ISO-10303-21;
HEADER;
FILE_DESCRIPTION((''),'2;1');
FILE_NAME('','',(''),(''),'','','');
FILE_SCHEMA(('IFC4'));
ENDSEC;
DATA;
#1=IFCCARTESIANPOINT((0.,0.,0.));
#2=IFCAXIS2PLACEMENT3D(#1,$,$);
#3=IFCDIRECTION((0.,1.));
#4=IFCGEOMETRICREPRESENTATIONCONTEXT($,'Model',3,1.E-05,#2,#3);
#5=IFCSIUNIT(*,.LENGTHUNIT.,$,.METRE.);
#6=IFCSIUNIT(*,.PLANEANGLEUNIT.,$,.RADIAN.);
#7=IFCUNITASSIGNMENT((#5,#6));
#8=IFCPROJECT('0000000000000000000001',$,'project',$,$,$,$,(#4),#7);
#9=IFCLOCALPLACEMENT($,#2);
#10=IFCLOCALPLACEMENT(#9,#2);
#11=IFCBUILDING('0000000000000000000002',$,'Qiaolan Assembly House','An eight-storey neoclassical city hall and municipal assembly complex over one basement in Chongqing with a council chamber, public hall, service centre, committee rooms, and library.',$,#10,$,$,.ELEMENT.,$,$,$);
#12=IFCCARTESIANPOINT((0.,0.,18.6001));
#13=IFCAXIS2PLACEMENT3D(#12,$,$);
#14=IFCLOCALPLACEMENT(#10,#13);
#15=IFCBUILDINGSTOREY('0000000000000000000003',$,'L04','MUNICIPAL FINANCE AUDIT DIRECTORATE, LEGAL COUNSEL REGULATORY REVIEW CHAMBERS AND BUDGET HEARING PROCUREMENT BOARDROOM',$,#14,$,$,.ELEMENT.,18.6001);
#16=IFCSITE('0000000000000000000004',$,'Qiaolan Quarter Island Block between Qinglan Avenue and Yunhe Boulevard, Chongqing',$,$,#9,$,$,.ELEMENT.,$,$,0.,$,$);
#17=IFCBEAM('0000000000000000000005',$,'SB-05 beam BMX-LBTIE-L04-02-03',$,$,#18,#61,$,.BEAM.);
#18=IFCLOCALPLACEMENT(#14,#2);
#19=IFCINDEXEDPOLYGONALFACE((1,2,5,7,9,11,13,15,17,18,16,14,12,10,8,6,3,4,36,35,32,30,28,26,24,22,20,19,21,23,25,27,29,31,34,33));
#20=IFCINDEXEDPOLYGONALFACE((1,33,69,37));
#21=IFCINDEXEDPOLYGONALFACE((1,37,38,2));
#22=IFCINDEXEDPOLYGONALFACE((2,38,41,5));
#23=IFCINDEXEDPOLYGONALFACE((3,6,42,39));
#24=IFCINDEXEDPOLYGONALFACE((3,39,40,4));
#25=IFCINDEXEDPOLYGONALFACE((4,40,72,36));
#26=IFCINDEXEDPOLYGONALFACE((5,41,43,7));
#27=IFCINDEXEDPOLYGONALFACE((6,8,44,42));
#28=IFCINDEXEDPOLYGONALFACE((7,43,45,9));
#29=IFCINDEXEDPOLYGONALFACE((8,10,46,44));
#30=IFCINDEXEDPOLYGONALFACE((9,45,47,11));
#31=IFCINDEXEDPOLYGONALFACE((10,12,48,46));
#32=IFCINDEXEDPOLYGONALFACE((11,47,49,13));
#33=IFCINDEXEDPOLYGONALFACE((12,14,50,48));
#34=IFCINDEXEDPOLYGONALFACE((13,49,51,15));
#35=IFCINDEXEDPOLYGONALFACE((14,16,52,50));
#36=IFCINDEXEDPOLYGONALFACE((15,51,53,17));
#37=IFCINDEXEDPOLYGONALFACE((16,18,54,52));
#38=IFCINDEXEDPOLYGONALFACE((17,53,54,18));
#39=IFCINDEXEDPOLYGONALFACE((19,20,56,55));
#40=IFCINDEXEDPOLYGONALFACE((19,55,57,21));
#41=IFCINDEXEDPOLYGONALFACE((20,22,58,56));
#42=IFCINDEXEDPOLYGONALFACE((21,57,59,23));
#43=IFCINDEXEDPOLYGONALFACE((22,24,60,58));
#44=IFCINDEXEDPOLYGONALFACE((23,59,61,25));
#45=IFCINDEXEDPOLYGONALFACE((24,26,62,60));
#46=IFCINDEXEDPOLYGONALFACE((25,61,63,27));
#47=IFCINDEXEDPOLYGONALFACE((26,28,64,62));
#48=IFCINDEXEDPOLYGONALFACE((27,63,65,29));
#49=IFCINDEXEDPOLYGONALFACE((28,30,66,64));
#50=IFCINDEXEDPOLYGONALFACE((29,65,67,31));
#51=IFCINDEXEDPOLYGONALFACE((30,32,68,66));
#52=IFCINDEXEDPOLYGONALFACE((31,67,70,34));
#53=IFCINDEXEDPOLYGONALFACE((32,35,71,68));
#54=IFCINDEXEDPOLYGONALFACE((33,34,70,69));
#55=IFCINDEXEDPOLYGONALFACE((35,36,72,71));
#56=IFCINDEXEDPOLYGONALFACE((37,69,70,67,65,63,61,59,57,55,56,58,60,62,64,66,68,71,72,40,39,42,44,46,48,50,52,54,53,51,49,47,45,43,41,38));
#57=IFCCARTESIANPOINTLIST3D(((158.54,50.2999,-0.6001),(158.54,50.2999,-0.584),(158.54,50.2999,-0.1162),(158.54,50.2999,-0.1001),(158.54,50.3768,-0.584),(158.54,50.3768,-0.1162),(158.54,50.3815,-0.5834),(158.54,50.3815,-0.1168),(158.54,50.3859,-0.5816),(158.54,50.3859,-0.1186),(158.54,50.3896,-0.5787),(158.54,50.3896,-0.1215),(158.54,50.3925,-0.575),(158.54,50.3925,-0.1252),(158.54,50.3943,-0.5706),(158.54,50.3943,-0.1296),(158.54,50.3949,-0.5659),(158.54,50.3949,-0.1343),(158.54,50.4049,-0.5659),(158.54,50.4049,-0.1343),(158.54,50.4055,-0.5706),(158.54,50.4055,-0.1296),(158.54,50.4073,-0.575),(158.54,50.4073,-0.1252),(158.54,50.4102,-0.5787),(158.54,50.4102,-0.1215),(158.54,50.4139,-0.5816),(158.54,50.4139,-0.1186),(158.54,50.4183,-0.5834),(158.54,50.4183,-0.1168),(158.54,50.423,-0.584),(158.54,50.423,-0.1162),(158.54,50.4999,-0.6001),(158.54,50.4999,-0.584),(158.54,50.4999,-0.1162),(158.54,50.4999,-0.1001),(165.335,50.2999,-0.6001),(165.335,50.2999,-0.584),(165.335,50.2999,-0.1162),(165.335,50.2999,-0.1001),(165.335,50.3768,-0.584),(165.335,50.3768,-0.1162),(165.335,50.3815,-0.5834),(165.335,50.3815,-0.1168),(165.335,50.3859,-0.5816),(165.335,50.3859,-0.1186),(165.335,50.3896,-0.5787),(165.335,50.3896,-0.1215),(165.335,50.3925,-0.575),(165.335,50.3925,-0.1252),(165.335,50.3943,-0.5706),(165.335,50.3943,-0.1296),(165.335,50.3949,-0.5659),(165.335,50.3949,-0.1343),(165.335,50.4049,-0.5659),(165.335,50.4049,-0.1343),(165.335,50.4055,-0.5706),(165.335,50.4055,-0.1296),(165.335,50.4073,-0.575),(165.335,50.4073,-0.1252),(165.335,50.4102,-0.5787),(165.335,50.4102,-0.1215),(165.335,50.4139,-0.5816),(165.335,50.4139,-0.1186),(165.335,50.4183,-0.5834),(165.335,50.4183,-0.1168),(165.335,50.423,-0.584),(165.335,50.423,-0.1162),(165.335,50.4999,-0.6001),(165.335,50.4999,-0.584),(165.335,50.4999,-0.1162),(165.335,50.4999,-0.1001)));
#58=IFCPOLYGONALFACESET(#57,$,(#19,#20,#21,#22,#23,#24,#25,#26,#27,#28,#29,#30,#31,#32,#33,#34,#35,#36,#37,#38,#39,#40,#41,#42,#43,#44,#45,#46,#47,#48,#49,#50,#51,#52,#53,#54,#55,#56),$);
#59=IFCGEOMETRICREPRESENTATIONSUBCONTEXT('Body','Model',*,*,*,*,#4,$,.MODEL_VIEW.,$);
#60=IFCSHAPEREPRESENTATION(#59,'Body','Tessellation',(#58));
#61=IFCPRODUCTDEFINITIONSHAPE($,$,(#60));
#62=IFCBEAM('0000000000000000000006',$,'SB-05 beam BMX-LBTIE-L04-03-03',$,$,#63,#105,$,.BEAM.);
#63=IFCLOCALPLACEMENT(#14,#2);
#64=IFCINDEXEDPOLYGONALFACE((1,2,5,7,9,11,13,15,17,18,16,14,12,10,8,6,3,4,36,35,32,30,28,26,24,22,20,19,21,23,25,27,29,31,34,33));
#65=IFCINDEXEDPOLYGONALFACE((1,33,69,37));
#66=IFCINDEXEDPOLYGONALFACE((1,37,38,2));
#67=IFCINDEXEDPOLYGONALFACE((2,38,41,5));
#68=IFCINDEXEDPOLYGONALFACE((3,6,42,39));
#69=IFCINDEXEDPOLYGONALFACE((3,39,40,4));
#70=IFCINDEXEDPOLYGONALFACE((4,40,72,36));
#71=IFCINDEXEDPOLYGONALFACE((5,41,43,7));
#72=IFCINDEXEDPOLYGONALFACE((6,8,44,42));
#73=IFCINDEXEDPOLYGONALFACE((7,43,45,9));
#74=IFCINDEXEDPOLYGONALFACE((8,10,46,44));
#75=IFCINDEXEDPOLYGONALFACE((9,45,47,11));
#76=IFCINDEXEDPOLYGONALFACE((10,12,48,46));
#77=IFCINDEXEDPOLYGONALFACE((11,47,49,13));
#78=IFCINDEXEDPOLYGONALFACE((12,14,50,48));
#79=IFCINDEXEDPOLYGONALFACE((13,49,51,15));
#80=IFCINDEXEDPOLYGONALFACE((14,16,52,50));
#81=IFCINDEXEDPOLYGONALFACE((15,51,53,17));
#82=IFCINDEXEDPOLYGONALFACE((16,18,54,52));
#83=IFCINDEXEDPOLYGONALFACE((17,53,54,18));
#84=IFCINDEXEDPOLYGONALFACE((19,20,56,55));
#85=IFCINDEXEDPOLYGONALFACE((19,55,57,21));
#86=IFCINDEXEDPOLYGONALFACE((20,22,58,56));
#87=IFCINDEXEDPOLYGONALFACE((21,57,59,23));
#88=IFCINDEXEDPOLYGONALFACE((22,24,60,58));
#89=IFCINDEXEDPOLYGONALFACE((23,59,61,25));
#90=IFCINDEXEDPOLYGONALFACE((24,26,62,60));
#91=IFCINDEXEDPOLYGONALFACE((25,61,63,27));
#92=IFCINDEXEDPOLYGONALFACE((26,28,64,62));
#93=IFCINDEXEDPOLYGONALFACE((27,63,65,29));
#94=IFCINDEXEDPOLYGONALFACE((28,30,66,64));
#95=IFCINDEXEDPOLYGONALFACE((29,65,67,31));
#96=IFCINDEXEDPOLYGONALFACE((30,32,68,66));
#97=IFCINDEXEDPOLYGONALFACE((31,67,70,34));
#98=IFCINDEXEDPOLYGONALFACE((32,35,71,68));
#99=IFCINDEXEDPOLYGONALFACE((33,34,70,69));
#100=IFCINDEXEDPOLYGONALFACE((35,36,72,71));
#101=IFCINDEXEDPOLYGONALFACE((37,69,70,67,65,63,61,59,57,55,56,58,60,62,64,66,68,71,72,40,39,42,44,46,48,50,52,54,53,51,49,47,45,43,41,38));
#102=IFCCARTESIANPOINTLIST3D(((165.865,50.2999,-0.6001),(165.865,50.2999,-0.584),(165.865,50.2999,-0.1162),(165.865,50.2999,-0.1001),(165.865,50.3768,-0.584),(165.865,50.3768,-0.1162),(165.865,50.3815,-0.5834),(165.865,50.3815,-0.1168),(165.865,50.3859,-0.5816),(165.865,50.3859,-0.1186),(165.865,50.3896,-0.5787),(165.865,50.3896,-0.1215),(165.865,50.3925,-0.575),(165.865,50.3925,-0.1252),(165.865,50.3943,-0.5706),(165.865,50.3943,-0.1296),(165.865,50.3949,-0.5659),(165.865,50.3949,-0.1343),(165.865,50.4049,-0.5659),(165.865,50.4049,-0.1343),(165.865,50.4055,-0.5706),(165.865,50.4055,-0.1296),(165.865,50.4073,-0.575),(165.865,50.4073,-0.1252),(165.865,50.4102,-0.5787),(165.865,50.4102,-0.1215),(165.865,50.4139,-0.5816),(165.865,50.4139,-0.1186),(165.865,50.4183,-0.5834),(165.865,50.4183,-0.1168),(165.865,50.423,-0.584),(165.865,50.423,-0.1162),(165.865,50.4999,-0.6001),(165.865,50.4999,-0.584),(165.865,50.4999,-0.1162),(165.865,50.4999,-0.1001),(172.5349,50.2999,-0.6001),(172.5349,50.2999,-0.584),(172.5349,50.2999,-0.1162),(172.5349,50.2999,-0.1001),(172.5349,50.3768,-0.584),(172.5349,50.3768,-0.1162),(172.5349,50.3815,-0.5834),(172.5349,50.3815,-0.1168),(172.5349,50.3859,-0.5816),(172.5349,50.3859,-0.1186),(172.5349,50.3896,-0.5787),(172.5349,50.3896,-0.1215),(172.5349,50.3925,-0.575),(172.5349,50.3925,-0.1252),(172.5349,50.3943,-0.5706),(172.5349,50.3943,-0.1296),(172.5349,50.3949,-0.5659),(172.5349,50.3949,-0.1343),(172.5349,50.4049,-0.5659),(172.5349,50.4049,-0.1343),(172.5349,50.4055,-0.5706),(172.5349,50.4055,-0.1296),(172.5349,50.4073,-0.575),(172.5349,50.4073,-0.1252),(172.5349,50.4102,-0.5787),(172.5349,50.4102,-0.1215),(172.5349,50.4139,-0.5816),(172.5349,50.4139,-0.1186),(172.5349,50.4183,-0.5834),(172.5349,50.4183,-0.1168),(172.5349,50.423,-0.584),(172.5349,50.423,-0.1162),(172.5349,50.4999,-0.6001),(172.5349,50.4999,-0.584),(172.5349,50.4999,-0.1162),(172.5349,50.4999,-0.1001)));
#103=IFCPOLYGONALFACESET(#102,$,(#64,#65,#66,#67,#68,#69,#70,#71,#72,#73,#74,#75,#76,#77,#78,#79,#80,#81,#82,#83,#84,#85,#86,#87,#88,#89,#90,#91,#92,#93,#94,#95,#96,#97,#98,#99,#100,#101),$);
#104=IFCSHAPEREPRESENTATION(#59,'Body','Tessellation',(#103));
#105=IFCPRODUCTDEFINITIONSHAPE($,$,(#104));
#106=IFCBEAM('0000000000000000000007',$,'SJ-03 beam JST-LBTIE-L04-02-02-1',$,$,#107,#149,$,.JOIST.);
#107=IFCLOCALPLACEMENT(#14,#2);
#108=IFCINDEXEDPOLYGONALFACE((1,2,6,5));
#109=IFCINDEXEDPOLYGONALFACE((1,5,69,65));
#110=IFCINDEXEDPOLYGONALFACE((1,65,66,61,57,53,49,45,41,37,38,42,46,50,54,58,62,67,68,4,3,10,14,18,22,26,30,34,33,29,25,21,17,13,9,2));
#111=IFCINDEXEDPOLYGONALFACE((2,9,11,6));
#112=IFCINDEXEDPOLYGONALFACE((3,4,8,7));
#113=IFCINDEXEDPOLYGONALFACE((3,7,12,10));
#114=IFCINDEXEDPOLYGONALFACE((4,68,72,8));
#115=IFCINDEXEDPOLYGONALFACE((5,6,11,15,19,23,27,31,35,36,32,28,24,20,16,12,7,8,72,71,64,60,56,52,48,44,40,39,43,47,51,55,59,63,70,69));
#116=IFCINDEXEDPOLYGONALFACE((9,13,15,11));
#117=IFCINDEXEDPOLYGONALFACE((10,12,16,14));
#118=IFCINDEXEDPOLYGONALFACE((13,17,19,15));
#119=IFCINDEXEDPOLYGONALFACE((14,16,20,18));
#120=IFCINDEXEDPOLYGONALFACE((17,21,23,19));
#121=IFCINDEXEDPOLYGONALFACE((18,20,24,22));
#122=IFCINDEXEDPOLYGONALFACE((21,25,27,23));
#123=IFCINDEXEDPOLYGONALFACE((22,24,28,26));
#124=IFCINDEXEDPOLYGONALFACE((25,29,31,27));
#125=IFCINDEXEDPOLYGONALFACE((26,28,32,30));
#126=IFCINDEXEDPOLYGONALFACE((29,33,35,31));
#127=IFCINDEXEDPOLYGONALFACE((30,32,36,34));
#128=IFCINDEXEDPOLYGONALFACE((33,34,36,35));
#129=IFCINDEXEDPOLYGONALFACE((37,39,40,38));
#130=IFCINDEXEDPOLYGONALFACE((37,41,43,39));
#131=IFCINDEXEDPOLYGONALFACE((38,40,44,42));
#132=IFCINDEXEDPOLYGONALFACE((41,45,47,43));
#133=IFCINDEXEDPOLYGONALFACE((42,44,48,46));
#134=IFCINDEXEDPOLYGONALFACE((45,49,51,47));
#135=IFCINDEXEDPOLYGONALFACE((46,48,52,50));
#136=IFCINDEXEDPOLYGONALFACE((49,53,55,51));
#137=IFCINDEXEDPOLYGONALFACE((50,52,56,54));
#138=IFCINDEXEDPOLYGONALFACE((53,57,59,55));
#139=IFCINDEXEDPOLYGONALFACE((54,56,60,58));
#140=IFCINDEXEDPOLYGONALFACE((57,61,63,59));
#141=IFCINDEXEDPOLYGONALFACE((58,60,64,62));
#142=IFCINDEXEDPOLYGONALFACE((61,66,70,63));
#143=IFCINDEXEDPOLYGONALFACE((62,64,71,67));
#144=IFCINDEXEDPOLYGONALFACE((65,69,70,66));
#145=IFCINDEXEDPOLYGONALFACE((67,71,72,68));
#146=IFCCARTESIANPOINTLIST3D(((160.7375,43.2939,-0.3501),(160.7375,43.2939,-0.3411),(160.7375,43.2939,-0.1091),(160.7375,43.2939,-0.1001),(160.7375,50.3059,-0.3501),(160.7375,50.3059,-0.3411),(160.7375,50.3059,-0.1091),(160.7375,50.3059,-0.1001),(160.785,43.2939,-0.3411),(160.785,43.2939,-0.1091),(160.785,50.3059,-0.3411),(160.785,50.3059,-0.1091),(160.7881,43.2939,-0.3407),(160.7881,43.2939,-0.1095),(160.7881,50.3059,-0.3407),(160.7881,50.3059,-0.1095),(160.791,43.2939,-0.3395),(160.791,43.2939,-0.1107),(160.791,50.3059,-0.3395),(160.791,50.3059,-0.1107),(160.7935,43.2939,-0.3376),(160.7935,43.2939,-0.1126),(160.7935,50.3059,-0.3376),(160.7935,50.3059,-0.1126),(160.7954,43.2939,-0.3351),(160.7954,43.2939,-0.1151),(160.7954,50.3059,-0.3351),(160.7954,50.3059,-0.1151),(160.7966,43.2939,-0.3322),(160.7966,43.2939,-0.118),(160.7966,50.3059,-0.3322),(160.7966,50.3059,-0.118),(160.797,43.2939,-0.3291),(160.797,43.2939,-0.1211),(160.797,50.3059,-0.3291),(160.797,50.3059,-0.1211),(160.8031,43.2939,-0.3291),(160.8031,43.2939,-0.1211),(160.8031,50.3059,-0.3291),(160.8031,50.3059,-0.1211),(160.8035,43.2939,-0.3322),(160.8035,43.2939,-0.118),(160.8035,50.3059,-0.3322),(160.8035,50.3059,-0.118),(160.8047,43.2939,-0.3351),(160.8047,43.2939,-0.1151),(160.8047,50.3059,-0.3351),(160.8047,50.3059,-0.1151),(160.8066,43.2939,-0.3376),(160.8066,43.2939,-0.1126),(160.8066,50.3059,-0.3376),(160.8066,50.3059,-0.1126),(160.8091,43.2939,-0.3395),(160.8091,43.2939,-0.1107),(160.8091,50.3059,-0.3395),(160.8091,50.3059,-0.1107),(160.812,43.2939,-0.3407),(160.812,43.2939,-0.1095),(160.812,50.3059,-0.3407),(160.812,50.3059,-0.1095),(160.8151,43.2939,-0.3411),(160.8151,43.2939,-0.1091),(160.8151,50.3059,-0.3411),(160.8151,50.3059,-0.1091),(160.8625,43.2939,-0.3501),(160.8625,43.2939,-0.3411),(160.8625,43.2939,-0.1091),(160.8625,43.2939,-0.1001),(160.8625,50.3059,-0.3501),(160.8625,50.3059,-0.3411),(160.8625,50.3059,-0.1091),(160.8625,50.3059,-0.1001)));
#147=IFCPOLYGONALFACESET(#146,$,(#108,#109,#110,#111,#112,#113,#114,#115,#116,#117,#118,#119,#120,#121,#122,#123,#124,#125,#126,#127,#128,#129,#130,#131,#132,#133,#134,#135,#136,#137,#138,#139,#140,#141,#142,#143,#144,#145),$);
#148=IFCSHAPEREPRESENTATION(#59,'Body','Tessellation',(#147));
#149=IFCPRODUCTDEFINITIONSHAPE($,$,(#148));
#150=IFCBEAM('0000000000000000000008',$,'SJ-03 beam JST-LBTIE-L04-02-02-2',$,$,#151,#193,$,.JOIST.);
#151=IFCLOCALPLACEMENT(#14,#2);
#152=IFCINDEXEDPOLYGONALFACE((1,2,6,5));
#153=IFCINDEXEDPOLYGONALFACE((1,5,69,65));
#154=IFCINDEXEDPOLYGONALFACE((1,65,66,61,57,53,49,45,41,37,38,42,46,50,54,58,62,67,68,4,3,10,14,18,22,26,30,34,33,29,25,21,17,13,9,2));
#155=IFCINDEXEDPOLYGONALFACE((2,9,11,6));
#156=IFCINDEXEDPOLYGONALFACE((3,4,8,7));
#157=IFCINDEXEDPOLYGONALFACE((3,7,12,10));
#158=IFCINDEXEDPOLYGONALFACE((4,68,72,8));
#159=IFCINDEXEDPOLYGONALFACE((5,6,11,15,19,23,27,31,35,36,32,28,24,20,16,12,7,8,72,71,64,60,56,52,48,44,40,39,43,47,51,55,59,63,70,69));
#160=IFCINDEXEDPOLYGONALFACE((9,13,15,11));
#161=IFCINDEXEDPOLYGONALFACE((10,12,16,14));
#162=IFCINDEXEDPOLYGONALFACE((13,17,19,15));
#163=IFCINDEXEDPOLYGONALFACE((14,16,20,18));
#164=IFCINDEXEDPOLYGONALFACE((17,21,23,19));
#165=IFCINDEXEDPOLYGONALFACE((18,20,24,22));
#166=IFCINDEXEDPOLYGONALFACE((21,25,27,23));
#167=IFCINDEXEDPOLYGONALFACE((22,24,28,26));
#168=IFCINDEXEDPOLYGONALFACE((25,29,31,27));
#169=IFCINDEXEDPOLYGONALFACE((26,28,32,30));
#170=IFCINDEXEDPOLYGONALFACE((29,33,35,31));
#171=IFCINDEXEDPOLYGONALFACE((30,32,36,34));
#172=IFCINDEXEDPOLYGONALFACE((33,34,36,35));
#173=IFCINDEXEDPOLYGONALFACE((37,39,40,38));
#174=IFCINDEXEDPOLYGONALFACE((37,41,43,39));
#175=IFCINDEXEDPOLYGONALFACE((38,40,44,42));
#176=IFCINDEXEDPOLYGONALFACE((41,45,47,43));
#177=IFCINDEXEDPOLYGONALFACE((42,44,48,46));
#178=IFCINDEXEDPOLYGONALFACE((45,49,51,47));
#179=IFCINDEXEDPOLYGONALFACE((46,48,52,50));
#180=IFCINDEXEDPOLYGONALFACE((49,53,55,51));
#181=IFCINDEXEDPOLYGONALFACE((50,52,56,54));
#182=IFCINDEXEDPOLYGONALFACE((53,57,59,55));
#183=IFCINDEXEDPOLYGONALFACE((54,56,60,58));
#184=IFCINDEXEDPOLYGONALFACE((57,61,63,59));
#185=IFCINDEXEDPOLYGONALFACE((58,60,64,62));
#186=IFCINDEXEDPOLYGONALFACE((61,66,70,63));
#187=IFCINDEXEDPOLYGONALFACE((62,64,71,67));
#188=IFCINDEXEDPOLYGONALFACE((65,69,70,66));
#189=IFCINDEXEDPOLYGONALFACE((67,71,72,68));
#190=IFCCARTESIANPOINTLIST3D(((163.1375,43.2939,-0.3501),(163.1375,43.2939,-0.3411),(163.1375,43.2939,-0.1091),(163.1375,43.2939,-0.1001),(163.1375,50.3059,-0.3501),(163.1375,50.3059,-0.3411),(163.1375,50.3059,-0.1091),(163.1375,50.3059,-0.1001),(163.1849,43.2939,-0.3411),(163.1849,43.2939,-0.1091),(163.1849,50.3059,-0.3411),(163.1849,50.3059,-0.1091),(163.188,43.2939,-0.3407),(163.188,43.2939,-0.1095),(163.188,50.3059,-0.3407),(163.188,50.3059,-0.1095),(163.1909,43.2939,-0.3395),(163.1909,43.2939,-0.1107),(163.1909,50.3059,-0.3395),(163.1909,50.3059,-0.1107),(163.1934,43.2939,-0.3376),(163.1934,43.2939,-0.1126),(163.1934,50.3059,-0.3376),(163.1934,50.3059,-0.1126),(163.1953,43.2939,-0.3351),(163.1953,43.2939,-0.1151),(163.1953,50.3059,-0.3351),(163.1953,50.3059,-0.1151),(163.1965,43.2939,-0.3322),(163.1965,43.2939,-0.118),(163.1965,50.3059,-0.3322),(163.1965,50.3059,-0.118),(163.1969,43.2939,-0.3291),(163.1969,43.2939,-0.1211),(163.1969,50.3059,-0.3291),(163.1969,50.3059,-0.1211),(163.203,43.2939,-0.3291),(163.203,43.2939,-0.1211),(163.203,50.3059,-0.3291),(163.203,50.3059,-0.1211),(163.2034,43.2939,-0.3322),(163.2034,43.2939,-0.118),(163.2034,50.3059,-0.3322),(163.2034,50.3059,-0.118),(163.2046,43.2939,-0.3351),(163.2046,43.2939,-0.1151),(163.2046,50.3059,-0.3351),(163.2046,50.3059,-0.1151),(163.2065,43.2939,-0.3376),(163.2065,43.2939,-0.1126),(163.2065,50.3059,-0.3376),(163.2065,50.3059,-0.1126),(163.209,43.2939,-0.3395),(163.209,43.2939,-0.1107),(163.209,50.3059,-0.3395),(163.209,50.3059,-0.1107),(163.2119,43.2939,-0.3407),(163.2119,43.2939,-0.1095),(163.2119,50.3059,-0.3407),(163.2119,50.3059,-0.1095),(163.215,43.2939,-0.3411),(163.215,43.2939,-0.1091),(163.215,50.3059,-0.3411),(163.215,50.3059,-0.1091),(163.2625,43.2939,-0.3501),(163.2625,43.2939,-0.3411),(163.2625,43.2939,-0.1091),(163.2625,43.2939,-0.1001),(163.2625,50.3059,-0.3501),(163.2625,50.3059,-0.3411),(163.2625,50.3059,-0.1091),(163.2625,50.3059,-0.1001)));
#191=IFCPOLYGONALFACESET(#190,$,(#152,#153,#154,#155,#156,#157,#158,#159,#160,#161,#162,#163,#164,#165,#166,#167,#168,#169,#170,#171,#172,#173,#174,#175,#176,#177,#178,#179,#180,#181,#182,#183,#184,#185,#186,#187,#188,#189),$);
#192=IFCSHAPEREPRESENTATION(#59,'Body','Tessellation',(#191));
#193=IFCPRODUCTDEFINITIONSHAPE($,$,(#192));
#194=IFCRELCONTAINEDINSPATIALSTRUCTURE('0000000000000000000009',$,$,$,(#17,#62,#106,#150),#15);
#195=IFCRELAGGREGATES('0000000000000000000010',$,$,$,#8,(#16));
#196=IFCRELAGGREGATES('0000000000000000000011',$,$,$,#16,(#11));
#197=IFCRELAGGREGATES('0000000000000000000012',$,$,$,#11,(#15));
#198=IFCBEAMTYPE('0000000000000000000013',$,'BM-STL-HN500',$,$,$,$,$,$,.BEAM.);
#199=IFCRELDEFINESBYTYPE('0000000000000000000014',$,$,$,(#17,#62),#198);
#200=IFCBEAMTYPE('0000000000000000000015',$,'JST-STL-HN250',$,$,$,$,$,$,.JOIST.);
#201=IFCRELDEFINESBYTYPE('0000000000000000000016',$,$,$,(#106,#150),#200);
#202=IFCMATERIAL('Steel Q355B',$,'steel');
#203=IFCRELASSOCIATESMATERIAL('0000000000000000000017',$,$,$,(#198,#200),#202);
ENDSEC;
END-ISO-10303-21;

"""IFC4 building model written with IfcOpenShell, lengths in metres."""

from ifc_helpers import new_model, si_unit, direction, frame, origin, origin_2d, place, context, subcontext, project, spatial, i_section, extrude, material, material_profile, profile_set, type_object, element, save


model = new_model("IFC4")

# Units and contexts
model_context = context("Model", 3, precision=1e-05, world=origin(), true_north=direction((0.0, 1.0)))
body_context = subcontext(model_context, "Body", "Model", "MODEL_VIEW")
ifc_project = project(units=[si_unit("LENGTHUNIT", "METRE"), si_unit("PLANEANGLEUNIT", "RADIAN")], contexts=[model_context])

# Site, building, storey
site_placement = place(None, origin())
site = spatial("IfcSite", under=ifc_project, at=site_placement, Name="Qiaolan Quarter Island Block between Qinglan Avenue and Yunhe Boulevard, Chongqing", CompositionType="ELEMENT", RefElevation=0.0)
building_placement = place(site_placement, origin())
building = spatial("IfcBuilding", under=site, at=building_placement, Name="Qiaolan Assembly House", Description="An eight-storey neoclassical city hall and municipal assembly complex over one basement in Chongqing with a council chamber, public hall, service centre, committee rooms, and library.", CompositionType="ELEMENT")
storey_placement = place(building_placement, frame((0.0, 0.0, 18.6001)))
storey = spatial("IfcBuildingStorey", under=building, at=storey_placement, Name="L04", Description="MUNICIPAL FINANCE AUDIT DIRECTORATE, LEGAL COUNSEL REGULATORY REVIEW CHAMBERS AND BUDGET HEARING PROCUREMENT BOARDROOM", CompositionType="ELEMENT", Elevation=18.6001)

# Shared definitions
ifc_material = material(Name="Steel Q355B", Category="steel")

# Beams
ifc_material_profile_1 = material_profile(ifc_material, i_section(OverallWidth=0.2, OverallDepth=0.5, WebThickness=0.01, FlangeThickness=0.0161, FilletRadius=0.0181, at=origin_2d()), Name="HN 500x200x10x16")
ifc_profile_set_1 = profile_set([ifc_material_profile_1], Name="Steel Q355B")
beam_type_1 = type_object("IfcBeamType", Name="BM-STL-HN500", PredefinedType="BEAM", material=ifc_profile_set_1)
beam_1_placement = place(storey_placement, frame((158.54, 50.3999, -0.3501), z_axis=(1.0, 0.0, 0.0), x_axis=(0.0, 1.0, 0.0)))
element("IfcBeam", 1, at=beam_1_placement, inside=storey, type_object=beam_type_1, Name="SB-05 beam BMX-LBTIE-L04-02-03", PredefinedType="BEAM", context=body_context, shape_type="SweptSolid", body=[
    extrude(i_section(OverallWidth=0.2, OverallDepth=0.5, WebThickness=0.01, FlangeThickness=0.0161, FilletRadius=0.0181, at=origin_2d()), origin(), (0.0, 0.0, 1.0), 6.7949),
])
beam_2_placement = place(storey_placement, frame((165.865, 50.3999, -0.3501), z_axis=(1.0, 0.0, 0.0), x_axis=(0.0, 1.0, 0.0)))
element("IfcBeam", 2, at=beam_2_placement, inside=storey, type_object=beam_type_1, Name="SB-05 beam BMX-LBTIE-L04-03-03", PredefinedType="BEAM", context=body_context, shape_type="SweptSolid", body=[
    extrude(i_section(OverallWidth=0.2, OverallDepth=0.5, WebThickness=0.01, FlangeThickness=0.0161, FilletRadius=0.0181, at=origin_2d()), origin(), (0.0, 0.0, 1.0), 6.6699),
])
ifc_material_profile_2 = material_profile(ifc_material, i_section(OverallWidth=0.125, OverallDepth=0.25, WebThickness=0.0061, FlangeThickness=0.009, FilletRadius=0.012, at=origin_2d()), Name="HN 250x125x6x9")
ifc_profile_set_2 = profile_set([ifc_material_profile_2], Name="Steel Q355B")
beam_type_2 = type_object("IfcBeamType", Name="JST-STL-HN250", PredefinedType="JOIST", material=ifc_profile_set_2)
for number, where, z_axis, x_axis, name in (
    (3, (160.8, 43.2939, -0.2251), (0.0, 1.0, 0.0), (-1.0, 0.0, 0.0), "SJ-03 beam JST-LBTIE-L04-02-02-1"),
    (4, (163.2, 43.2939, -0.2251), (0.0, 1.0, 0.0), (-1.0, 0.0, 0.0), "SJ-03 beam JST-LBTIE-L04-02-02-2"),
):
    element("IfcBeam", number, at=place(storey_placement, frame(where, z_axis=z_axis, x_axis=x_axis)), inside=storey, type_object=beam_type_2, Name=name, PredefinedType="JOIST", context=body_context, shape_type="SweptSolid", body=[
        extrude(i_section(OverallWidth=0.125, OverallDepth=0.25, WebThickness=0.0061, FlangeThickness=0.009, FilletRadius=0.012, at=origin_2d()), origin(), (0.0, 0.0, 1.0), 7.012),
    ])

save(model, "model.ifc")
